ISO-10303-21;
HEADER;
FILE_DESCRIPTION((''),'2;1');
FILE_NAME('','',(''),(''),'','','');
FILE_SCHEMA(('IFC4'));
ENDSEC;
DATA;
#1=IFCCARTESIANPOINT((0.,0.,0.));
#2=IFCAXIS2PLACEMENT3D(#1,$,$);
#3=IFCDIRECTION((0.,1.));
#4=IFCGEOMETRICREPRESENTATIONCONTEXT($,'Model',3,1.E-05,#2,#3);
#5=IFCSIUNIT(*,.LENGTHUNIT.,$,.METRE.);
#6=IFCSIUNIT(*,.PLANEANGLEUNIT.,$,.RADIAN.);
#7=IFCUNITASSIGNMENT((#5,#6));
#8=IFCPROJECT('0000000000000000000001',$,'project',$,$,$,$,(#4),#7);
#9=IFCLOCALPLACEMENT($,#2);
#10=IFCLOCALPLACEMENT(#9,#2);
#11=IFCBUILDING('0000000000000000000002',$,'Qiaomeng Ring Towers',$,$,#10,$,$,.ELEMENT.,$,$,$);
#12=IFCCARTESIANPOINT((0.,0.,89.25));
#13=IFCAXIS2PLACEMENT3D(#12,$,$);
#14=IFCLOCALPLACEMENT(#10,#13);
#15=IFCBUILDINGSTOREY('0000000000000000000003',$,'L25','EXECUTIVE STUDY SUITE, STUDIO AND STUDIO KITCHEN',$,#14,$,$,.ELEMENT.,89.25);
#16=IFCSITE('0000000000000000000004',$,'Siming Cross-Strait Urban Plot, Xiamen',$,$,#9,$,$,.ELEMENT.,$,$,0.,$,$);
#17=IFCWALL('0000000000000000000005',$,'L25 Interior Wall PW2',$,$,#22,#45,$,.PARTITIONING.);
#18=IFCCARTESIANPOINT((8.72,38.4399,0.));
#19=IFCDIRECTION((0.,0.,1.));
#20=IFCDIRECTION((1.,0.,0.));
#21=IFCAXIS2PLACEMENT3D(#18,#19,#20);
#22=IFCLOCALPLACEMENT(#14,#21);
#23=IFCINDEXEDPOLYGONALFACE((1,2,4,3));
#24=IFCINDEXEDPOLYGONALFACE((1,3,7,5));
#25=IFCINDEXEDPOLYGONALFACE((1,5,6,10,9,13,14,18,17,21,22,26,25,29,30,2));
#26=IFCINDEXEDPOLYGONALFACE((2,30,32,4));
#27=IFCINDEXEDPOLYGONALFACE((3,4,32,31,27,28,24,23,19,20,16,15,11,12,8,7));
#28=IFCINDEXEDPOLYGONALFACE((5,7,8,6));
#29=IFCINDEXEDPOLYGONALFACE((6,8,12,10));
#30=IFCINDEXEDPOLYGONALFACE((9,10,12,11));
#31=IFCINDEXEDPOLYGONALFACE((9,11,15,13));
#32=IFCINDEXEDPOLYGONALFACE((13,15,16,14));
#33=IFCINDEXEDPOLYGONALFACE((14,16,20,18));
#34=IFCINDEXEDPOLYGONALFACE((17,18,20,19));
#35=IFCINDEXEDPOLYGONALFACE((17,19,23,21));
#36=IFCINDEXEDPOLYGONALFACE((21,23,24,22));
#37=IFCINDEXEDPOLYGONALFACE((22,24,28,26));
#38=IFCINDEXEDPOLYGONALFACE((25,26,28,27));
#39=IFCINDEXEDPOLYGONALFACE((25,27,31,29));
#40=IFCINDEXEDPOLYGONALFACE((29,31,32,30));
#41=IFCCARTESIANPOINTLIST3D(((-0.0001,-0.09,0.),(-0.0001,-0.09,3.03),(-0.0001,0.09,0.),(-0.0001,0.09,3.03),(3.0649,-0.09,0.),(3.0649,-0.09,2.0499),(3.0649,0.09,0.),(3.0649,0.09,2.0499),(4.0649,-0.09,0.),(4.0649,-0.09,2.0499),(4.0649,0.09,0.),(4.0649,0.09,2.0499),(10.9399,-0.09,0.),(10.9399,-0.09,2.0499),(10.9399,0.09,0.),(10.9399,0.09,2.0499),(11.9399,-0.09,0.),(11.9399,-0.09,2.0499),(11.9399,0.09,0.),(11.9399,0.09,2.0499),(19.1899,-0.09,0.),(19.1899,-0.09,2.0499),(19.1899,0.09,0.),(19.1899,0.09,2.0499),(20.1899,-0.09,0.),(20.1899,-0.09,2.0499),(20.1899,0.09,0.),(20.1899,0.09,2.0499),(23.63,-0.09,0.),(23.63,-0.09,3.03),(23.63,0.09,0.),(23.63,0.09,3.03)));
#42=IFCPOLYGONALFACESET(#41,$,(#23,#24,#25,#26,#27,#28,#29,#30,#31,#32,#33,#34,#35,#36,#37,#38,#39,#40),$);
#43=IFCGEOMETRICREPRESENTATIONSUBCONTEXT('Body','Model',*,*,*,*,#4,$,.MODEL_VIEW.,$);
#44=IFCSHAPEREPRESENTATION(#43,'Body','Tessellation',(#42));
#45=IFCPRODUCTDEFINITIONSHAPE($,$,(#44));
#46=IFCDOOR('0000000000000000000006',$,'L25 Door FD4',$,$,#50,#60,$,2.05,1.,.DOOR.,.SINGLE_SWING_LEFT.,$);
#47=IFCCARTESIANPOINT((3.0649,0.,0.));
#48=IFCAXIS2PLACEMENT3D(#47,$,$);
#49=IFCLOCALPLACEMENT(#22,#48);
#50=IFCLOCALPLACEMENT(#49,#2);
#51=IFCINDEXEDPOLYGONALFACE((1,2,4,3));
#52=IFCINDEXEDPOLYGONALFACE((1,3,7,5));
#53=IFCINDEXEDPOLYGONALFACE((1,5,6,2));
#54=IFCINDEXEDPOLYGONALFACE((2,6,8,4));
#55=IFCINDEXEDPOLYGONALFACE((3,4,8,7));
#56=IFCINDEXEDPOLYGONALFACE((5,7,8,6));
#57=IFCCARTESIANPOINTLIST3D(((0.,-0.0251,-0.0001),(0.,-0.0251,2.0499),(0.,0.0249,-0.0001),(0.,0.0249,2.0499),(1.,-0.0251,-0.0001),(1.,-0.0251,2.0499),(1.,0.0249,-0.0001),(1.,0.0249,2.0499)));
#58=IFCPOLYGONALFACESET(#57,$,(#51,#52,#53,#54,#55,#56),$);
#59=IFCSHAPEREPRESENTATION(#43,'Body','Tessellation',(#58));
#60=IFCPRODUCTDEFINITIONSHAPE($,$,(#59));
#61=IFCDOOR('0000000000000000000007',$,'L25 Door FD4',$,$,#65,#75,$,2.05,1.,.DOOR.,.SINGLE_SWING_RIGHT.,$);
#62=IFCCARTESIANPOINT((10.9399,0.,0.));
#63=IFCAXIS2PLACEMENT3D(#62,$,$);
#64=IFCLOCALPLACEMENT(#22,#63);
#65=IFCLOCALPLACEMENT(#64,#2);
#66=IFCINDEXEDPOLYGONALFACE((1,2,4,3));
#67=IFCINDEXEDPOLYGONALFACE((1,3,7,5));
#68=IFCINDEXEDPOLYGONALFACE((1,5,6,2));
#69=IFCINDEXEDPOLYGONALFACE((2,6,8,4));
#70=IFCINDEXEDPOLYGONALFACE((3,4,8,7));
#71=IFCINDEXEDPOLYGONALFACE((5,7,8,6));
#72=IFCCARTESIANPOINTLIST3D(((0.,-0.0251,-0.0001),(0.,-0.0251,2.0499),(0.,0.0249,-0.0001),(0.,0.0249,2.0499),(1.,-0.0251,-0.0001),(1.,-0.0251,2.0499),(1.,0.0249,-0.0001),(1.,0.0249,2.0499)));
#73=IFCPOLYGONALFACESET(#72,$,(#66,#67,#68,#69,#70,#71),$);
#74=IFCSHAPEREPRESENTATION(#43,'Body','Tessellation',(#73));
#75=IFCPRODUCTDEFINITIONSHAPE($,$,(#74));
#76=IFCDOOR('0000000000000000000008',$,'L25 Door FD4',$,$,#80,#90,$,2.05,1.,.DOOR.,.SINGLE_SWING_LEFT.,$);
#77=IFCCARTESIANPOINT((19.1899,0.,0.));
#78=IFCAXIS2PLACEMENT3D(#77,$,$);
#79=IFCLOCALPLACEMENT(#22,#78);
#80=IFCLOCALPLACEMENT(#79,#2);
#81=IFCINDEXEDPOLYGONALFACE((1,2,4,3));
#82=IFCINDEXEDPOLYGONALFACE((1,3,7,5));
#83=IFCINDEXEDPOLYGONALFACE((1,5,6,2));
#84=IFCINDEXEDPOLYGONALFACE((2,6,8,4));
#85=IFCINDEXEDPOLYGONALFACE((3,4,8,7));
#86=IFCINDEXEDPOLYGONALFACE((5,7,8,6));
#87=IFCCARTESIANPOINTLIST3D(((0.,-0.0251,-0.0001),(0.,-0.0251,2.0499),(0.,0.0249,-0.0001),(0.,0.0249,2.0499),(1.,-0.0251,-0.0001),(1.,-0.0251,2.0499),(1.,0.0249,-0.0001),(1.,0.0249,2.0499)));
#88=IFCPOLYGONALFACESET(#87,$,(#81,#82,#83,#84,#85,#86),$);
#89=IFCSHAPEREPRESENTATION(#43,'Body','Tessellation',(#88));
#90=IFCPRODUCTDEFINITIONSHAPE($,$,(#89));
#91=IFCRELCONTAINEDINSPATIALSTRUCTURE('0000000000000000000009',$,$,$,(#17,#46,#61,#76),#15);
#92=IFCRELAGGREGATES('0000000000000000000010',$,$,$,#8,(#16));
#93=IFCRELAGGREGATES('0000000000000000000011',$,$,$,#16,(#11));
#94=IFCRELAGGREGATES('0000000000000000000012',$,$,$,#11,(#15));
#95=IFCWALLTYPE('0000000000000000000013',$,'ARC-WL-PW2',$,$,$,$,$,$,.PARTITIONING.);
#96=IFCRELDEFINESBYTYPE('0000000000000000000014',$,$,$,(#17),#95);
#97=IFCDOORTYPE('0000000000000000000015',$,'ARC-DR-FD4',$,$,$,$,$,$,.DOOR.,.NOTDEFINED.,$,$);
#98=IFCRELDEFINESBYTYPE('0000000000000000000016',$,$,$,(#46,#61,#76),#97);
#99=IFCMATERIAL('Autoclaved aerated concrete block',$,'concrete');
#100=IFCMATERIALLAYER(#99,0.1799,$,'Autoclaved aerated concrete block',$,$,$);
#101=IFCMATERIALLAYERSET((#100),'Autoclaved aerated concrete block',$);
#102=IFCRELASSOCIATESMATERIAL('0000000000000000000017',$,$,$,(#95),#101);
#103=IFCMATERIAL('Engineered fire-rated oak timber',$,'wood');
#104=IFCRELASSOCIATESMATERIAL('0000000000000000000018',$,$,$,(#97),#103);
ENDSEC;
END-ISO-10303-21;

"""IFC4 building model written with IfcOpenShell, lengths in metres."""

from ifc_helpers import new_model, si_unit, direction, frame, frame_2d, origin, place, context, subcontext, project, spatial, rectangle, extrude, source, transform, mapped, material, layer, layer_set, type_object, element, fill, save


model = new_model("IFC4")

# Units and contexts
model_context = context("Model", 3, precision=1e-05, world=origin(), true_north=direction((0.0, 1.0)))
body_context = subcontext(model_context, "Body", "Model", "MODEL_VIEW")
ifc_project = project(units=[si_unit("LENGTHUNIT", "METRE"), si_unit("PLANEANGLEUNIT", "RADIAN")], contexts=[model_context])

# Site, building, storey
site_placement = place(None, origin())
site = spatial("IfcSite", under=ifc_project, at=site_placement, Name="Siming Cross-Strait Urban Plot, Xiamen", CompositionType="ELEMENT", RefElevation=0.0)
building_placement = place(site_placement, origin())
building = spatial("IfcBuilding", under=site, at=building_placement, Name="Qiaomeng Ring Towers", CompositionType="ELEMENT")
storey_placement = place(building_placement, frame((0.0, 0.0, 89.25)))
storey = spatial("IfcBuildingStorey", under=building, at=storey_placement, Name="L25", Description="EXECUTIVE STUDY SUITE, STUDIO AND STUDIO KITCHEN", CompositionType="ELEMENT", Elevation=89.25)

# Shared definitions
ifc_material_1 = material(Name="Autoclaved aerated concrete block", Category="concrete")

# Wall, openings, doors
ifc_layer_1 = layer(ifc_material_1, 0.1799, Name="Autoclaved aerated concrete block")
ifc_layer_set_1 = layer_set([ifc_layer_1], Name="Autoclaved aerated concrete block")
wall_type_1 = type_object("IfcWallType", Name="ARC-WL-PW2", PredefinedType="PARTITIONING", material=ifc_layer_set_1)
wall_1_placement = place(storey_placement, frame((8.72, 38.4399, 0.0), z_axis=(0.0, 0.0, 1.0), x_axis=(1.0, 0.0, 0.0)))
wall_1 = element("IfcWall", 1, at=wall_1_placement, inside=storey, type_object=wall_type_1, Name="L25 Interior Wall PW2", PredefinedType="PARTITIONING", context=body_context, shape_type="SweptSolid", body=[
    extrude(rectangle(XDim=23.6301, YDim=0.1799, at=frame_2d((11.8149, 0.0))), origin(), (0.0, 0.0, 1.0), 3.03),
])
opening_1_placement = place(wall_1_placement, frame((3.0649, 0.0, 0.0)))
opening_1 = element("IfcOpeningElement", 2, at=opening_1_placement, cuts=wall_1, PredefinedType="OPENING", context=body_context, shape_type="SweptSolid", body=[
    extrude(rectangle(XDim=1.0, YDim=2.05, at=frame_2d((0.5, 1.0249))), frame((0.0, 0.0999, 0.0), z_axis=(0.0, -1.0, 0.0), x_axis=(1.0, 0.0, 0.0)), (0.0, 0.0, 1.0), 0.2),
])
opening_2_placement = place(wall_1_placement, frame((10.9399, 0.0, 0.0)))
opening_2 = element("IfcOpeningElement", 3, at=opening_2_placement, cuts=wall_1, PredefinedType="OPENING", context=body_context, shape_type="SweptSolid", body=[
    extrude(rectangle(XDim=1.0, YDim=2.05, at=frame_2d((0.5, 1.0249))), frame((0.0, 0.0999, 0.0), z_axis=(0.0, -1.0, 0.0), x_axis=(1.0, 0.0, 0.0)), (0.0, 0.0, 1.0), 0.2),
])
opening_3_placement = place(wall_1_placement, frame((19.1899, 0.0, 0.0)))
opening_3 = element("IfcOpeningElement", 4, at=opening_3_placement, cuts=wall_1, PredefinedType="OPENING", context=body_context, shape_type="SweptSolid", body=[
    extrude(rectangle(XDim=1.0, YDim=2.05, at=frame_2d((0.5, 1.0249))), frame((0.0, 0.0999, 0.0), z_axis=(0.0, -1.0, 0.0), x_axis=(1.0, 0.0, 0.0)), (0.0, 0.0, 1.0), 0.2),
])
ifc_material_2 = material(Name="Engineered fire-rated oak timber", Category="wood")
door_type_1 = type_object("IfcDoorType", Name="ARC-DR-FD4", OperationType="NOTDEFINED", PredefinedType="DOOR", material=ifc_material_2)
shared_shape_1 = source(origin(), body_context, "Body", "SweptSolid", [
    extrude(rectangle(XDim=1.0, YDim=2.05, at=frame_2d((0.5, 1.0249))), frame((0.0, 0.0249, 0.0), z_axis=(0.0, -1.0, 0.0), x_axis=(1.0, 0.0, 0.0)), (0.0, 0.0, 1.0), 0.05),
])
door_1_placement = place(opening_1_placement, origin())
door_1 = element("IfcDoor", 5, at=door_1_placement, inside=storey, type_object=door_type_1, Name="L25 Door FD4", OperationType="SINGLE_SWING_LEFT", OverallHeight=2.05, OverallWidth=1.0, PredefinedType="DOOR", context=body_context, shape_type="MappedRepresentation", body=[
    mapped(shared_shape_1, transform((0.0, 0.0, 0.0), x_axis=(1.0, 0.0, 0.0), y_axis=(0.0, 1.0, 0.0), z_axis=(0.0, 0.0, 1.0), scale=1.0)),
])
fill(opening_1, door_1)
door_2_placement = place(opening_2_placement, origin())
door_2 = element("IfcDoor", 6, at=door_2_placement, inside=storey, type_object=door_type_1, Name="L25 Door FD4", OperationType="SINGLE_SWING_RIGHT", OverallHeight=2.05, OverallWidth=1.0, PredefinedType="DOOR", context=body_context, shape_type="MappedRepresentation", body=[
    mapped(shared_shape_1, transform((0.0, 0.0, 0.0), x_axis=(1.0, 0.0, 0.0), y_axis=(0.0, 1.0, 0.0), z_axis=(0.0, 0.0, 1.0), scale=1.0)),
])
fill(opening_2, door_2)
door_3_placement = place(opening_3_placement, origin())
door_3 = element("IfcDoor", 7, at=door_3_placement, inside=storey, type_object=door_type_1, Name="L25 Door FD4", OperationType="SINGLE_SWING_LEFT", OverallHeight=2.05, OverallWidth=1.0, PredefinedType="DOOR", context=body_context, shape_type="MappedRepresentation", body=[
    mapped(shared_shape_1, transform((0.0, 0.0, 0.0), x_axis=(1.0, 0.0, 0.0), y_axis=(0.0, 1.0, 0.0), z_axis=(0.0, 0.0, 1.0), scale=1.0)),
])
fill(opening_3, door_3)

save(model, "model.ifc")
